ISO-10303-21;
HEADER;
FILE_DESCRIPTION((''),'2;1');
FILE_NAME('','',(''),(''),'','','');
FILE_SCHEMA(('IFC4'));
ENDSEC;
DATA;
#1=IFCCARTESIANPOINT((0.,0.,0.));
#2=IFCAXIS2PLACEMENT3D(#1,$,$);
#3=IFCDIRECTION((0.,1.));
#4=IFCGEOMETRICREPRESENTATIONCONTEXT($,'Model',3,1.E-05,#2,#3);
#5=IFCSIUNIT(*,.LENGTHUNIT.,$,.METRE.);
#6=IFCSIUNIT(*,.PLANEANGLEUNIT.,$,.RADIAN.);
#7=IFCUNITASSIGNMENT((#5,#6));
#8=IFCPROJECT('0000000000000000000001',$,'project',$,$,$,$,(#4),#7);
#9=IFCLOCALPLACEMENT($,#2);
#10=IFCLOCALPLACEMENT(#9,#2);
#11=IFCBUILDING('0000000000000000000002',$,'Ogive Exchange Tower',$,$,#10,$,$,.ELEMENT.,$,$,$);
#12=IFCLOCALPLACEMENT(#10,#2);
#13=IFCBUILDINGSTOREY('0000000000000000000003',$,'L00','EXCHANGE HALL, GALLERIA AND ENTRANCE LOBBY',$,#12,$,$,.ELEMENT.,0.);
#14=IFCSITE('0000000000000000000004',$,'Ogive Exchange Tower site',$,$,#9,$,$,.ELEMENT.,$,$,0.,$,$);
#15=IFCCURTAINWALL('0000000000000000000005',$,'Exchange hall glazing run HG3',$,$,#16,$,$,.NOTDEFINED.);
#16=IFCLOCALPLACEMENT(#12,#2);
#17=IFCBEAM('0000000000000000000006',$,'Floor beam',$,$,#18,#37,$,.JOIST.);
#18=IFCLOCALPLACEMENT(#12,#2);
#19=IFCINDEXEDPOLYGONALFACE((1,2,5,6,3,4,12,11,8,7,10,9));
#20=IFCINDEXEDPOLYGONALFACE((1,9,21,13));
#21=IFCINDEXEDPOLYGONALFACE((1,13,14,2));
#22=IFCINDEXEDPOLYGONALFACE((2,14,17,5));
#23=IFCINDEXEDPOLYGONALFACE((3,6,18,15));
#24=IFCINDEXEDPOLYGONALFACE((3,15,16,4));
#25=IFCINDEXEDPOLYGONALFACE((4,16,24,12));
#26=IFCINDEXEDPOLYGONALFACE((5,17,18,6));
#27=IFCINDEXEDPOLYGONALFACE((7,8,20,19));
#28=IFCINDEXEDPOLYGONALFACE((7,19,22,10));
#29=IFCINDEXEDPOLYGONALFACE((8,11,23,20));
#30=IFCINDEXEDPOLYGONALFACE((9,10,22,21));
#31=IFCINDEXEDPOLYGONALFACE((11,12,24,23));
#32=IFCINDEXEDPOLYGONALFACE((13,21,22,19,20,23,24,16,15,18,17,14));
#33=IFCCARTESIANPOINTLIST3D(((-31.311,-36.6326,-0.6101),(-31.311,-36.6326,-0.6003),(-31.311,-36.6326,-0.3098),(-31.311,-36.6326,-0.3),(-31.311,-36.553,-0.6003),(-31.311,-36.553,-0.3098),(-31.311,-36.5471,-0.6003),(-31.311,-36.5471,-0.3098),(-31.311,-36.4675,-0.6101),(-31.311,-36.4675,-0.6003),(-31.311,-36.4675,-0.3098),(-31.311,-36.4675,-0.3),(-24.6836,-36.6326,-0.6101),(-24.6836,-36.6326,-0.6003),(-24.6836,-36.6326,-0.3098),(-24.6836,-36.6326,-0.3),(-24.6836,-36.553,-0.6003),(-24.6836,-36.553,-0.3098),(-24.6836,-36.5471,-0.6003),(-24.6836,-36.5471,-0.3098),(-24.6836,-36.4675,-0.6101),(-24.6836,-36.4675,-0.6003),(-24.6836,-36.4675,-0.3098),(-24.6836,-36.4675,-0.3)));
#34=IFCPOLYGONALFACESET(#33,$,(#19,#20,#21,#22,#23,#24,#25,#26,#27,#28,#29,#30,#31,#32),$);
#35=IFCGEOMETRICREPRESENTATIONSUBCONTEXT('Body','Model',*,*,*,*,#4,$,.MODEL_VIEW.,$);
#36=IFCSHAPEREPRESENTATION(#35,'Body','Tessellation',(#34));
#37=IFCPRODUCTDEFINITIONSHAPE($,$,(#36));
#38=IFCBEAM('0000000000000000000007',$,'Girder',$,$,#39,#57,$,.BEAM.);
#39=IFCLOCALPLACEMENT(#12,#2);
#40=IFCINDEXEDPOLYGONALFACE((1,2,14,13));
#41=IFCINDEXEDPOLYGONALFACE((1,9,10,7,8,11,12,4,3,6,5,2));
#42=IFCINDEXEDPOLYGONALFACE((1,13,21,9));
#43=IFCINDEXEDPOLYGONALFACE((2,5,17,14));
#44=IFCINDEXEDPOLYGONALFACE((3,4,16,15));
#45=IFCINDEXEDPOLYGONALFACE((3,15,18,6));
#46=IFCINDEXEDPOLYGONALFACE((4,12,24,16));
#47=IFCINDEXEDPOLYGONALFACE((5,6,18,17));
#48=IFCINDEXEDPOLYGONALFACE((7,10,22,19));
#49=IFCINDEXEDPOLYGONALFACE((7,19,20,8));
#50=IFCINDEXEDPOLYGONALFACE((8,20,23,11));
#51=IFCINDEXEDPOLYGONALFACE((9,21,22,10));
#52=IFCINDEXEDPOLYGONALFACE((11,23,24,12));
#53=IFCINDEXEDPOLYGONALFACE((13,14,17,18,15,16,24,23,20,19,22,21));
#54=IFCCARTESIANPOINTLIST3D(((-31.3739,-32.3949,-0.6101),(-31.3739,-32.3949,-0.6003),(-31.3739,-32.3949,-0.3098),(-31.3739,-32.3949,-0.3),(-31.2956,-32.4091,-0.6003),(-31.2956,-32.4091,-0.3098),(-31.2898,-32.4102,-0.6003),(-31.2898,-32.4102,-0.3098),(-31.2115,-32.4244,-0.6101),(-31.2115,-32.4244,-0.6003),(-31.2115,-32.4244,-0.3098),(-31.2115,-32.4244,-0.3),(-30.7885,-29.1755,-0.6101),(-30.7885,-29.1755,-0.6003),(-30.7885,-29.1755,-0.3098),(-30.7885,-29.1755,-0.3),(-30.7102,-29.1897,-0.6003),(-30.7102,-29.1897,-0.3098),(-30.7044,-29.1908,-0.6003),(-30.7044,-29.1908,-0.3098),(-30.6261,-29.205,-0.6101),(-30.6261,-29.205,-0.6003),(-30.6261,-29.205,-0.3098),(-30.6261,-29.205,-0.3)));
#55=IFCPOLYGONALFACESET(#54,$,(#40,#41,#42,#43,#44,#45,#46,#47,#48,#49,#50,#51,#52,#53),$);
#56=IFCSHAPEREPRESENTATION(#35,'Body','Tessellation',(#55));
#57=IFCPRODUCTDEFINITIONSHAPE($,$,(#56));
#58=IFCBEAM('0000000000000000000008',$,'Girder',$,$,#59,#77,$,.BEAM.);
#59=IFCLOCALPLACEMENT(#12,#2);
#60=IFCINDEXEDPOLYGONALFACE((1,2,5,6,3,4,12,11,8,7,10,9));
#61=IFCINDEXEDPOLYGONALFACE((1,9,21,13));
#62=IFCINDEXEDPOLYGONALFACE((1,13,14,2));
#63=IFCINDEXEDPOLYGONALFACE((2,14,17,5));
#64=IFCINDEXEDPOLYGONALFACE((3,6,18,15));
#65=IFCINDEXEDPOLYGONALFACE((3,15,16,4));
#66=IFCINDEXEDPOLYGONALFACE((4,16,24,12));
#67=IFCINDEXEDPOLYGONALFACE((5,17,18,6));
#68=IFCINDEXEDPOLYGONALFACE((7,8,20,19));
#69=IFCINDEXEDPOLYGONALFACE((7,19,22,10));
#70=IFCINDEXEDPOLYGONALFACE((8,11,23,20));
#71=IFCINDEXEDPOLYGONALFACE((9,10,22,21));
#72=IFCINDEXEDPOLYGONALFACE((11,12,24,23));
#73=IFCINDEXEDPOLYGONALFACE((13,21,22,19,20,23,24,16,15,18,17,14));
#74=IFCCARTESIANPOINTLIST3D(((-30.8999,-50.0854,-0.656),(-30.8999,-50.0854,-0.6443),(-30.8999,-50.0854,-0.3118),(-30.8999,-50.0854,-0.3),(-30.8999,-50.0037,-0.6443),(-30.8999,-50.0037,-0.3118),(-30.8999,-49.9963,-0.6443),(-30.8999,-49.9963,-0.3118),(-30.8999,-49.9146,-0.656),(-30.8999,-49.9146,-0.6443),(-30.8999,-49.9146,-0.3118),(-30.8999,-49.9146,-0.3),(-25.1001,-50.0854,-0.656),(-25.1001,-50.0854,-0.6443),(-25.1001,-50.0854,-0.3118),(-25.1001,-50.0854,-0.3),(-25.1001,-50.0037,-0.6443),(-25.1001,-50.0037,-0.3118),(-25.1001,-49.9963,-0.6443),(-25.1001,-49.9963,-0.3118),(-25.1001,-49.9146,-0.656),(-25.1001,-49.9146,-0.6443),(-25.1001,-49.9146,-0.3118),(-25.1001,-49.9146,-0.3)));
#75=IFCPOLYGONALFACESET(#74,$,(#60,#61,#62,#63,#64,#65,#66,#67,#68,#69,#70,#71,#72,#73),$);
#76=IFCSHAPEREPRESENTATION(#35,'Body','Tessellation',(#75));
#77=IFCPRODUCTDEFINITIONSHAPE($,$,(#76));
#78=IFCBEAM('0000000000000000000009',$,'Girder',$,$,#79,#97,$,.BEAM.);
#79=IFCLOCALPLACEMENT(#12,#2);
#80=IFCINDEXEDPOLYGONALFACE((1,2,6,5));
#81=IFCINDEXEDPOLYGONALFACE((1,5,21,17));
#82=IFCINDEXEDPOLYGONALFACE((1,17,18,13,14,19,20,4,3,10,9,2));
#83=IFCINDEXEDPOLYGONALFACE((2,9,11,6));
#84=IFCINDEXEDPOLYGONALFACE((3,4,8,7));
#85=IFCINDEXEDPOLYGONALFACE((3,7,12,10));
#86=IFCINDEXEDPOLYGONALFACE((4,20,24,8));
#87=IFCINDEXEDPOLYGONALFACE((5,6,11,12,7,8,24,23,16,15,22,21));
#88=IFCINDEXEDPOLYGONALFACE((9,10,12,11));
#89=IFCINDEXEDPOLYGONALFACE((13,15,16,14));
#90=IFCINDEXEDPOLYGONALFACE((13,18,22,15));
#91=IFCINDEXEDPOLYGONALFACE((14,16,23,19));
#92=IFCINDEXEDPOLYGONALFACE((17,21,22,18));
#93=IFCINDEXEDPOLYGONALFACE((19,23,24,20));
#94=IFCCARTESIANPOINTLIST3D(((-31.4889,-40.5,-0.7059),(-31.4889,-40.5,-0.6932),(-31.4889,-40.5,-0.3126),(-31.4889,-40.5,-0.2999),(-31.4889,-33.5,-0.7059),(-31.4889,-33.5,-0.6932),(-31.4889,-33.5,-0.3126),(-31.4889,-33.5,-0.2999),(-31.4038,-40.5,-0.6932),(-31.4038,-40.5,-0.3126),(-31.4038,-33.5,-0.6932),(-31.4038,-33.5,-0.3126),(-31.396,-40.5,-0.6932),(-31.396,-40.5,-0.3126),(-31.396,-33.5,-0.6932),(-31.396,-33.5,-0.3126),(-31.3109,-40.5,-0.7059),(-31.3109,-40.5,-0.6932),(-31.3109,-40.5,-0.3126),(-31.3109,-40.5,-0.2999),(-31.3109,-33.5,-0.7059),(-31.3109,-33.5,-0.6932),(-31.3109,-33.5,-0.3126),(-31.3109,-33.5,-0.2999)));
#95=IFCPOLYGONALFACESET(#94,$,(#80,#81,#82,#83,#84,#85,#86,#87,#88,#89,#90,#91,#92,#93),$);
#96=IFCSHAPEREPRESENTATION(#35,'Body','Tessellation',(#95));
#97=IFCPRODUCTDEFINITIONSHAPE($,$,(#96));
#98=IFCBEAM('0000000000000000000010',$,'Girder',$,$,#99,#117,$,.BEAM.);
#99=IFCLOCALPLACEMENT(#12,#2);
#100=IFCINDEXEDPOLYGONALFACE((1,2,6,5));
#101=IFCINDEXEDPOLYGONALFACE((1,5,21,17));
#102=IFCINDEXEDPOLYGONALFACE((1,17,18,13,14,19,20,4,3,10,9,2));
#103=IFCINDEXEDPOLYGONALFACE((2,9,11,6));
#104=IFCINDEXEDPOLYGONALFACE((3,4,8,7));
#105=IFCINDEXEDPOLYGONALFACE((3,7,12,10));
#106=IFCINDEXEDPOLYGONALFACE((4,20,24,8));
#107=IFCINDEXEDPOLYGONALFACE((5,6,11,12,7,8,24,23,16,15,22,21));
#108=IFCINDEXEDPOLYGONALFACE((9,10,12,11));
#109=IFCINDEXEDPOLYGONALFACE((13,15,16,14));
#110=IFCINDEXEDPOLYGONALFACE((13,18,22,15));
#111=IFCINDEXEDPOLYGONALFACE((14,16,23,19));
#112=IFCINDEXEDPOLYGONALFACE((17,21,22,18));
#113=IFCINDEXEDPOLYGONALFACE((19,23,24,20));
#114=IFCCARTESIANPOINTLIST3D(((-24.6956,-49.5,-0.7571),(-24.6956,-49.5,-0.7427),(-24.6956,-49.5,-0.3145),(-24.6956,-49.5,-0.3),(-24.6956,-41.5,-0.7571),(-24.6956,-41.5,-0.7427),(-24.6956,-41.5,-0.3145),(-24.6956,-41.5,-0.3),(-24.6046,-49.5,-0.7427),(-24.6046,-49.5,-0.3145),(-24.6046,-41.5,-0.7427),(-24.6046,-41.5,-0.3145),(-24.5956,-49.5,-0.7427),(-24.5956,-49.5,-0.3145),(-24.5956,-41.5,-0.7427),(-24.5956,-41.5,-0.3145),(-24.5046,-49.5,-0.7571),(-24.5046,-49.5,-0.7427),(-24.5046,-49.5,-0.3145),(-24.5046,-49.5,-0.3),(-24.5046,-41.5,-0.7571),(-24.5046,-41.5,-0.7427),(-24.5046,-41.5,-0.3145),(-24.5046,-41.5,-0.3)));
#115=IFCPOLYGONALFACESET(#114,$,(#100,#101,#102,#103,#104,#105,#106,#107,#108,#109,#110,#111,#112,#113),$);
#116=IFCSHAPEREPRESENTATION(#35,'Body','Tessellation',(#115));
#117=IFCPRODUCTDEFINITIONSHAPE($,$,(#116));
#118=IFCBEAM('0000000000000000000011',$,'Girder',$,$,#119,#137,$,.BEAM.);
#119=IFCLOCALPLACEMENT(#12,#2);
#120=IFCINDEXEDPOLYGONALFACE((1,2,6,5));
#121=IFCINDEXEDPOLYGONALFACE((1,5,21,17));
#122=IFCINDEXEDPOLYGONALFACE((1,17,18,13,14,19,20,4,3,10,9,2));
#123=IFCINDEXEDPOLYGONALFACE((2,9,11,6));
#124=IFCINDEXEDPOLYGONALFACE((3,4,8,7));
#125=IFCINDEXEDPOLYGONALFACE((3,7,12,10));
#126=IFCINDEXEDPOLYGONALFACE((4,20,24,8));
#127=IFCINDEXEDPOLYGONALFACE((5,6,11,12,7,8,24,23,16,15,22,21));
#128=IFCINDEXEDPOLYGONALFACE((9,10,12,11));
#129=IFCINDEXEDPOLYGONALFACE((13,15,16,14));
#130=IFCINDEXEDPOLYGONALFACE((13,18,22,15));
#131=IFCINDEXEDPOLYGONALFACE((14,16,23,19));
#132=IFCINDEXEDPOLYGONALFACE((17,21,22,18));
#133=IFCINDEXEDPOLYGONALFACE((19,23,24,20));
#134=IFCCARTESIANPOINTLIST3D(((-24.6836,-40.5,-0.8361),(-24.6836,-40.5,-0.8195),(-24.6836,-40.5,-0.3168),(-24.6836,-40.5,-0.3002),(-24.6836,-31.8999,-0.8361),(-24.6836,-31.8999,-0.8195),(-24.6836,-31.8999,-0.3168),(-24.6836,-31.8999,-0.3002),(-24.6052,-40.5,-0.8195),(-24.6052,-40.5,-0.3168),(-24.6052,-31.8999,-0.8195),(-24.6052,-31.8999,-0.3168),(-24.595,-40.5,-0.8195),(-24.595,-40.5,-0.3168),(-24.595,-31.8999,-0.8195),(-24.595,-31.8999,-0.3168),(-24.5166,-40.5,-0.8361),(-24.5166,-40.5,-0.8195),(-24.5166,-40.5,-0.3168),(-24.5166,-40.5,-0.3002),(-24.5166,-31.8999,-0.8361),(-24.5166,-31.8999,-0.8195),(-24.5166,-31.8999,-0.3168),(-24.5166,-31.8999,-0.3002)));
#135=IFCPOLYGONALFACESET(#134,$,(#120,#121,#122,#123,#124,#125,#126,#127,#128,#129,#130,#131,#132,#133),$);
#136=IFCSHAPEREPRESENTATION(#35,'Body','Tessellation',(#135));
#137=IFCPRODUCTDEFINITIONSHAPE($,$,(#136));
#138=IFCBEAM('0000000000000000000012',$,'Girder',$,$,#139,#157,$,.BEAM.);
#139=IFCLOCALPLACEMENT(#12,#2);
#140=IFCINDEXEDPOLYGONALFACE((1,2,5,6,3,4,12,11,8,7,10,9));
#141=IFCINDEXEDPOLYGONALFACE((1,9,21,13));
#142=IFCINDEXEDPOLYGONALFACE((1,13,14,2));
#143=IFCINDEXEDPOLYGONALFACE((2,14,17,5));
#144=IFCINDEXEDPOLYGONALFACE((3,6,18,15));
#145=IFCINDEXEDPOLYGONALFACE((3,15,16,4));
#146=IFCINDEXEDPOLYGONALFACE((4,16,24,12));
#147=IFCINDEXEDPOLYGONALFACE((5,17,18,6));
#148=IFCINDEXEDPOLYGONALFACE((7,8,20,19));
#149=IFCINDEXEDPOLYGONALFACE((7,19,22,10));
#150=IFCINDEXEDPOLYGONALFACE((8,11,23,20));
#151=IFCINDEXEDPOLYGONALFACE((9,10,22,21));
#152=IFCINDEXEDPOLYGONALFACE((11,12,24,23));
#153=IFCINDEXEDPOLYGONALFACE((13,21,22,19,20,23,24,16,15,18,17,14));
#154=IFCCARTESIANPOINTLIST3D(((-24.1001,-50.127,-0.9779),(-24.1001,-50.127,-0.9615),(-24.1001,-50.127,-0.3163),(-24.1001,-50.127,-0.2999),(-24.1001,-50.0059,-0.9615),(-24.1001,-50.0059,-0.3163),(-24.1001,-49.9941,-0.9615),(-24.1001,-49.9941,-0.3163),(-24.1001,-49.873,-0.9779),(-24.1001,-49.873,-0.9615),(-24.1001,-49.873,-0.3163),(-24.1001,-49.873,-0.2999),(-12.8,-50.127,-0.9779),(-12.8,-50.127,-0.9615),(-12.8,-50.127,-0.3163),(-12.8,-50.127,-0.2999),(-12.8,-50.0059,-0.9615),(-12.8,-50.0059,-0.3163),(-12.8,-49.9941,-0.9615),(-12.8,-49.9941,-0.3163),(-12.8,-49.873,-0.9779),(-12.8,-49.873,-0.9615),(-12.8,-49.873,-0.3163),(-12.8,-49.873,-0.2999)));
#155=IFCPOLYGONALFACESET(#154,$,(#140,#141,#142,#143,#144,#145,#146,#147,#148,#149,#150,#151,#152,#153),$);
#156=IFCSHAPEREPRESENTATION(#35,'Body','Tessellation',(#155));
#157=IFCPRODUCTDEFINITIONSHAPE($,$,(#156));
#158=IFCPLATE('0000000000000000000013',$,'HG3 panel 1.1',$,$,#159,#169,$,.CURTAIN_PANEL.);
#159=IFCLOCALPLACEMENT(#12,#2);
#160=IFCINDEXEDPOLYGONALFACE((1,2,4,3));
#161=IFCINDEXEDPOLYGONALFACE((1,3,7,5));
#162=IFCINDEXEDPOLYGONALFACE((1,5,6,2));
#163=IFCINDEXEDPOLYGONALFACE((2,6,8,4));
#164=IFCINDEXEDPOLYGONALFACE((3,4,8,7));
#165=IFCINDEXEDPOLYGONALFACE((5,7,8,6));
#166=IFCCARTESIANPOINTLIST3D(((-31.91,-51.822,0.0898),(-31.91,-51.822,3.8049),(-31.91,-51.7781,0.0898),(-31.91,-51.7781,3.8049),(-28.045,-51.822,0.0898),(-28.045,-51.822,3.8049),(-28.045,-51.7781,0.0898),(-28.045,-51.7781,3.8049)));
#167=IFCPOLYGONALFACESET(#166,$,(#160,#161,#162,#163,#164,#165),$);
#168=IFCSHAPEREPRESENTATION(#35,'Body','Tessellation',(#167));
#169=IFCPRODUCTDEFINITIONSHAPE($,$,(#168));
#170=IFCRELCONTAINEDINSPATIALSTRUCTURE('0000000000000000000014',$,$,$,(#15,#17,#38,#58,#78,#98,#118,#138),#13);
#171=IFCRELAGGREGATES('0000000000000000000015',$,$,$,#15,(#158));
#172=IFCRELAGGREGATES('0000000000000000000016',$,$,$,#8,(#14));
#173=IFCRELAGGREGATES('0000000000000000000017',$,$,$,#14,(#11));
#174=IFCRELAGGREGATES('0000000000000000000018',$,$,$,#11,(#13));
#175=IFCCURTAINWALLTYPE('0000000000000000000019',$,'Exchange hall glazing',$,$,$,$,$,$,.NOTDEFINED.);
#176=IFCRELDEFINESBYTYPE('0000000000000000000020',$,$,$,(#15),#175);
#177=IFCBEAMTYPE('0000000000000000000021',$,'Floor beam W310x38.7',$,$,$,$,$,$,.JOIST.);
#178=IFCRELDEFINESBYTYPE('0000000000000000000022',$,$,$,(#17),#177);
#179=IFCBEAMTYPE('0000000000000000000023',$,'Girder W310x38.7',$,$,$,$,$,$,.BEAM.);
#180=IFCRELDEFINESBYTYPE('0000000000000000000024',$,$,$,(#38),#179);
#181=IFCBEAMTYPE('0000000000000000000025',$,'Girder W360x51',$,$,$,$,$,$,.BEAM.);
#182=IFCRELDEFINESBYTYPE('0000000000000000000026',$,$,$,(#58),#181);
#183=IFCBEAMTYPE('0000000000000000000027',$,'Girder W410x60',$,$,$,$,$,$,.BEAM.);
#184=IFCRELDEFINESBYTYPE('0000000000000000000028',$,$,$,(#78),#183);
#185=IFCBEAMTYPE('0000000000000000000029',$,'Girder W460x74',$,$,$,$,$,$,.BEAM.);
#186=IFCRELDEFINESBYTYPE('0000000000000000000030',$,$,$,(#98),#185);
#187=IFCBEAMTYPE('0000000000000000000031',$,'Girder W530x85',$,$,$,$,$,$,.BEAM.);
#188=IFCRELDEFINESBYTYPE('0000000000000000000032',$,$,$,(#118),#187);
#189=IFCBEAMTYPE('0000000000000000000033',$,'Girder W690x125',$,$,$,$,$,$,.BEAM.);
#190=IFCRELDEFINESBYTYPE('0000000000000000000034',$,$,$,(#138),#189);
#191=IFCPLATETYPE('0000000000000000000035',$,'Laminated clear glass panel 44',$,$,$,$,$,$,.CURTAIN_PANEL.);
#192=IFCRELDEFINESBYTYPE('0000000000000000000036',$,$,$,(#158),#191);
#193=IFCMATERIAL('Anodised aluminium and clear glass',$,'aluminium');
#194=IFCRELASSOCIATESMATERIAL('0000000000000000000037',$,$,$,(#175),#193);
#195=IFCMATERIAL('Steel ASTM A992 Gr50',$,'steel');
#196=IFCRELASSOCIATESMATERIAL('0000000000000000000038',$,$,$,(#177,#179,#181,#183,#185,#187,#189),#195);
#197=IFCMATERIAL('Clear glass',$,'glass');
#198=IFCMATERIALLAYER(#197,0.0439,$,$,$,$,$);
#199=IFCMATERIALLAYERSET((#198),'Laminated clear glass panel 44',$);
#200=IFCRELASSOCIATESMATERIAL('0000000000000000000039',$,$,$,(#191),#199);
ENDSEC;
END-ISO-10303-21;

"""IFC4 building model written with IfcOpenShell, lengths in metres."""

from ifc_helpers import new_model, si_unit, direction, frame, origin, origin_2d, place, context, subcontext, project, spatial, rectangle, i_section, extrude, material, layer, layer_set, material_profile, profile_set, type_object, element, aggregate, save


model = new_model("IFC4")

# Units and contexts
model_context = context("Model", 3, precision=1e-05, world=origin(), true_north=direction((0.0, 1.0)))
body_context = subcontext(model_context, "Body", "Model", "MODEL_VIEW")
ifc_project = project(units=[si_unit("LENGTHUNIT", "METRE"), si_unit("PLANEANGLEUNIT", "RADIAN")], contexts=[model_context])

# Site, building, storey
site_placement = place(None, origin())
site = spatial("IfcSite", under=ifc_project, at=site_placement, Name="Ogive Exchange Tower site", CompositionType="ELEMENT", RefElevation=0.0)
building_placement = place(site_placement, origin())
building = spatial("IfcBuilding", under=site, at=building_placement, Name="Ogive Exchange Tower", CompositionType="ELEMENT")
storey_placement = place(building_placement, origin())
storey = spatial("IfcBuildingStorey", under=building, at=storey_placement, Name="L00", Description="EXCHANGE HALL, GALLERIA AND ENTRANCE LOBBY", CompositionType="ELEMENT", Elevation=0.0)

# Curtain wall
ifc_material_1 = material(Name="Anodised aluminium and clear glass", Category="aluminium")
curtain_wall_type = type_object("IfcCurtainWallType", Name="Exchange hall glazing", PredefinedType="NOTDEFINED", material=ifc_material_1)
curtain_wall_placement = place(storey_placement, origin())
curtain_wall = element("IfcCurtainWall", 1, at=curtain_wall_placement, inside=storey, type_object=curtain_wall_type, Name="Exchange hall glazing run HG3", PredefinedType="NOTDEFINED")

# Beams
ifc_material_2 = material(Name="Steel ASTM A992 Gr50", Category="steel")
ifc_material_profile_1 = material_profile(ifc_material_2, i_section(OverallWidth=0.165, OverallDepth=0.3101, WebThickness=0.0059, FlangeThickness=0.0098, at=origin_2d()), Name="W310x38.7")
ifc_profile_set_1 = profile_set([ifc_material_profile_1], Name="Steel ASTM A992 Gr50")
beam_type_1 = type_object("IfcBeamType", Name="Floor beam W310x38.7", PredefinedType="JOIST", material=ifc_profile_set_1)
beam_1_placement = place(storey_placement, frame((-31.311, -36.55, -0.4551), z_axis=(1.0, 0.0, 0.0), x_axis=(0.0, 1.0, 0.0)))
element("IfcBeam", 2, at=beam_1_placement, inside=storey, type_object=beam_type_1, Name="Floor beam", PredefinedType="JOIST", context=body_context, shape_type="SweptSolid", body=[
    extrude(i_section(OverallWidth=0.165, OverallDepth=0.3101, WebThickness=0.0059, FlangeThickness=0.0098, at=origin_2d()), origin(), (0.0, 0.0, 1.0), 6.6274),
])
ifc_material_profile_2 = material_profile(ifc_material_2, i_section(OverallWidth=0.165, OverallDepth=0.3101, WebThickness=0.0059, FlangeThickness=0.0098, at=origin_2d()), Name="W310x38.7")
ifc_profile_set_2 = profile_set([ifc_material_profile_2], Name="Steel ASTM A992 Gr50")
beam_type_2 = type_object("IfcBeamType", Name="Girder W310x38.7", PredefinedType="BEAM", material=ifc_profile_set_2)
beam_2_placement = place(storey_placement, frame((-31.2927, -32.4097, -0.4551), z_axis=(0.178912, 0.983865, 0.0), x_axis=(-0.983865, 0.178912, 0.0)))
element("IfcBeam", 3, at=beam_2_placement, inside=storey, type_object=beam_type_2, Name="Girder", PredefinedType="BEAM", context=body_context, shape_type="SweptSolid", body=[
    extrude(i_section(OverallWidth=0.165, OverallDepth=0.3101, WebThickness=0.0059, FlangeThickness=0.0098, at=origin_2d()), origin(), (0.0, 0.0, 1.0), 3.2722),
])
ifc_material_profile_3 = material_profile(ifc_material_2, i_section(OverallWidth=0.1709, OverallDepth=0.356, WebThickness=0.0073, FlangeThickness=0.0117, at=origin_2d()), Name="W360x51")
ifc_profile_set_3 = profile_set([ifc_material_profile_3], Name="Steel ASTM A992 Gr50")
beam_type_3 = type_object("IfcBeamType", Name="Girder W360x51", PredefinedType="BEAM", material=ifc_profile_set_3)
beam_3_placement = place(storey_placement, frame((-30.8999, -50.0, -0.478), z_axis=(1.0, 0.0, 0.0), x_axis=(0.0, 1.0, 0.0)))
element("IfcBeam", 4, at=beam_3_placement, inside=storey, type_object=beam_type_3, Name="Girder", PredefinedType="BEAM", context=body_context, shape_type="SweptSolid", body=[
    extrude(i_section(OverallWidth=0.1709, OverallDepth=0.356, WebThickness=0.0073, FlangeThickness=0.0117, at=origin_2d()), origin(), (0.0, 0.0, 1.0), 5.7998),
])
ifc_material_profile_4 = material_profile(ifc_material_2, i_section(OverallWidth=0.178, OverallDepth=0.406, WebThickness=0.0078, FlangeThickness=0.0127, at=origin_2d()), Name="W410x60")
ifc_profile_set_4 = profile_set([ifc_material_profile_4], Name="Steel ASTM A992 Gr50")
beam_type_4 = type_object("IfcBeamType", Name="Girder W410x60", PredefinedType="BEAM", material=ifc_profile_set_4)
beam_4_placement = place(storey_placement, frame((-31.3999, -40.5, -0.5029), z_axis=(0.0, 1.0, 0.0), x_axis=(-1.0, 0.0, 0.0)))
element("IfcBeam", 5, at=beam_4_placement, inside=storey, type_object=beam_type_4, Name="Girder", PredefinedType="BEAM", context=body_context, shape_type="SweptSolid", body=[
    extrude(i_section(OverallWidth=0.178, OverallDepth=0.406, WebThickness=0.0078, FlangeThickness=0.0127, at=origin_2d()), origin(), (0.0, 0.0, 1.0), 7.0),
])
ifc_material_profile_5 = material_profile(ifc_material_2, i_section(OverallWidth=0.1909, OverallDepth=0.457, WebThickness=0.009, FlangeThickness=0.0144, at=origin_2d()), Name="W460x74")
ifc_profile_set_5 = profile_set([ifc_material_profile_5], Name="Steel ASTM A992 Gr50")
beam_type_5 = type_object("IfcBeamType", Name="Girder W460x74", PredefinedType="BEAM", material=ifc_profile_set_5)
beam_5_placement = place(storey_placement, frame((-24.6001, -49.5, -0.5286), z_axis=(0.0, 1.0, 0.0), x_axis=(-1.0, 0.0, 0.0)))
element("IfcBeam", 6, at=beam_5_placement, inside=storey, type_object=beam_type_5, Name="Girder", PredefinedType="BEAM", context=body_context, shape_type="SweptSolid", body=[
    extrude(i_section(OverallWidth=0.1909, OverallDepth=0.457, WebThickness=0.009, FlangeThickness=0.0144, at=origin_2d()), origin(), (0.0, 0.0, 1.0), 8.0),
])
ifc_material_profile_6 = material_profile(ifc_material_2, i_section(OverallWidth=0.167, OverallDepth=0.5359, WebThickness=0.0103, FlangeThickness=0.0166, at=origin_2d()), Name="W530x85")
ifc_profile_set_6 = profile_set([ifc_material_profile_6], Name="Steel ASTM A992 Gr50")
beam_type_6 = type_object("IfcBeamType", Name="Girder W530x85", PredefinedType="BEAM", material=ifc_profile_set_6)
beam_6_placement = place(storey_placement, frame((-24.6001, -40.5, -0.5681), z_axis=(0.0, 1.0, 0.0), x_axis=(-1.0, 0.0, 0.0)))
element("IfcBeam", 7, at=beam_6_placement, inside=storey, type_object=beam_type_6, Name="Girder", PredefinedType="BEAM", context=body_context, shape_type="SweptSolid", body=[
    extrude(i_section(OverallWidth=0.167, OverallDepth=0.5359, WebThickness=0.0103, FlangeThickness=0.0166, at=origin_2d()), origin(), (0.0, 0.0, 1.0), 8.6001),
])
ifc_material_profile_7 = material_profile(ifc_material_2, i_section(OverallWidth=0.2539, OverallDepth=0.678, WebThickness=0.0117, FlangeThickness=0.0164, at=origin_2d()), Name="W690x125")
ifc_profile_set_7 = profile_set([ifc_material_profile_7], Name="Steel ASTM A992 Gr50")
beam_type_7 = type_object("IfcBeamType", Name="Girder W690x125", PredefinedType="BEAM", material=ifc_profile_set_7)
beam_7_placement = place(storey_placement, frame((-24.1001, -50.0, -0.6389), z_axis=(1.0, 0.0, 0.0), x_axis=(0.0, 1.0, 0.0)))
element("IfcBeam", 8, at=beam_7_placement, inside=storey, type_object=beam_type_7, Name="Girder", PredefinedType="BEAM", context=body_context, shape_type="SweptSolid", body=[
    extrude(i_section(OverallWidth=0.2539, OverallDepth=0.678, WebThickness=0.0117, FlangeThickness=0.0164, at=origin_2d()), origin(), (0.0, 0.0, 1.0), 11.3),
])

# Plate
ifc_material_3 = material(Name="Clear glass", Category="glass")
ifc_layer_1 = layer(ifc_material_3, 0.0439)
ifc_layer_set_1 = layer_set([ifc_layer_1], Name="Laminated clear glass panel 44")
plate_type = type_object("IfcPlateType", Name="Laminated clear glass panel 44", PredefinedType="CURTAIN_PANEL", material=ifc_layer_set_1)
plate_1_placement = place(storey_placement, frame((-29.9775, -51.8, 0.0898), z_axis=(0.0, 0.0, 1.0), x_axis=(1.0, 0.0, 0.0)))
plate_1 = element("IfcPlate", 9, at=plate_1_placement, type_object=plate_type, Name="HG3 panel 1.1", PredefinedType="CURTAIN_PANEL", context=body_context, shape_type="SweptSolid", body=[
    extrude(rectangle(XDim=3.865, YDim=0.0439, at=origin_2d()), origin(), (0.0, 0.0, 1.0), 3.7151),
])
aggregate(curtain_wall, [plate_1])

save(model, "model.ifc")
